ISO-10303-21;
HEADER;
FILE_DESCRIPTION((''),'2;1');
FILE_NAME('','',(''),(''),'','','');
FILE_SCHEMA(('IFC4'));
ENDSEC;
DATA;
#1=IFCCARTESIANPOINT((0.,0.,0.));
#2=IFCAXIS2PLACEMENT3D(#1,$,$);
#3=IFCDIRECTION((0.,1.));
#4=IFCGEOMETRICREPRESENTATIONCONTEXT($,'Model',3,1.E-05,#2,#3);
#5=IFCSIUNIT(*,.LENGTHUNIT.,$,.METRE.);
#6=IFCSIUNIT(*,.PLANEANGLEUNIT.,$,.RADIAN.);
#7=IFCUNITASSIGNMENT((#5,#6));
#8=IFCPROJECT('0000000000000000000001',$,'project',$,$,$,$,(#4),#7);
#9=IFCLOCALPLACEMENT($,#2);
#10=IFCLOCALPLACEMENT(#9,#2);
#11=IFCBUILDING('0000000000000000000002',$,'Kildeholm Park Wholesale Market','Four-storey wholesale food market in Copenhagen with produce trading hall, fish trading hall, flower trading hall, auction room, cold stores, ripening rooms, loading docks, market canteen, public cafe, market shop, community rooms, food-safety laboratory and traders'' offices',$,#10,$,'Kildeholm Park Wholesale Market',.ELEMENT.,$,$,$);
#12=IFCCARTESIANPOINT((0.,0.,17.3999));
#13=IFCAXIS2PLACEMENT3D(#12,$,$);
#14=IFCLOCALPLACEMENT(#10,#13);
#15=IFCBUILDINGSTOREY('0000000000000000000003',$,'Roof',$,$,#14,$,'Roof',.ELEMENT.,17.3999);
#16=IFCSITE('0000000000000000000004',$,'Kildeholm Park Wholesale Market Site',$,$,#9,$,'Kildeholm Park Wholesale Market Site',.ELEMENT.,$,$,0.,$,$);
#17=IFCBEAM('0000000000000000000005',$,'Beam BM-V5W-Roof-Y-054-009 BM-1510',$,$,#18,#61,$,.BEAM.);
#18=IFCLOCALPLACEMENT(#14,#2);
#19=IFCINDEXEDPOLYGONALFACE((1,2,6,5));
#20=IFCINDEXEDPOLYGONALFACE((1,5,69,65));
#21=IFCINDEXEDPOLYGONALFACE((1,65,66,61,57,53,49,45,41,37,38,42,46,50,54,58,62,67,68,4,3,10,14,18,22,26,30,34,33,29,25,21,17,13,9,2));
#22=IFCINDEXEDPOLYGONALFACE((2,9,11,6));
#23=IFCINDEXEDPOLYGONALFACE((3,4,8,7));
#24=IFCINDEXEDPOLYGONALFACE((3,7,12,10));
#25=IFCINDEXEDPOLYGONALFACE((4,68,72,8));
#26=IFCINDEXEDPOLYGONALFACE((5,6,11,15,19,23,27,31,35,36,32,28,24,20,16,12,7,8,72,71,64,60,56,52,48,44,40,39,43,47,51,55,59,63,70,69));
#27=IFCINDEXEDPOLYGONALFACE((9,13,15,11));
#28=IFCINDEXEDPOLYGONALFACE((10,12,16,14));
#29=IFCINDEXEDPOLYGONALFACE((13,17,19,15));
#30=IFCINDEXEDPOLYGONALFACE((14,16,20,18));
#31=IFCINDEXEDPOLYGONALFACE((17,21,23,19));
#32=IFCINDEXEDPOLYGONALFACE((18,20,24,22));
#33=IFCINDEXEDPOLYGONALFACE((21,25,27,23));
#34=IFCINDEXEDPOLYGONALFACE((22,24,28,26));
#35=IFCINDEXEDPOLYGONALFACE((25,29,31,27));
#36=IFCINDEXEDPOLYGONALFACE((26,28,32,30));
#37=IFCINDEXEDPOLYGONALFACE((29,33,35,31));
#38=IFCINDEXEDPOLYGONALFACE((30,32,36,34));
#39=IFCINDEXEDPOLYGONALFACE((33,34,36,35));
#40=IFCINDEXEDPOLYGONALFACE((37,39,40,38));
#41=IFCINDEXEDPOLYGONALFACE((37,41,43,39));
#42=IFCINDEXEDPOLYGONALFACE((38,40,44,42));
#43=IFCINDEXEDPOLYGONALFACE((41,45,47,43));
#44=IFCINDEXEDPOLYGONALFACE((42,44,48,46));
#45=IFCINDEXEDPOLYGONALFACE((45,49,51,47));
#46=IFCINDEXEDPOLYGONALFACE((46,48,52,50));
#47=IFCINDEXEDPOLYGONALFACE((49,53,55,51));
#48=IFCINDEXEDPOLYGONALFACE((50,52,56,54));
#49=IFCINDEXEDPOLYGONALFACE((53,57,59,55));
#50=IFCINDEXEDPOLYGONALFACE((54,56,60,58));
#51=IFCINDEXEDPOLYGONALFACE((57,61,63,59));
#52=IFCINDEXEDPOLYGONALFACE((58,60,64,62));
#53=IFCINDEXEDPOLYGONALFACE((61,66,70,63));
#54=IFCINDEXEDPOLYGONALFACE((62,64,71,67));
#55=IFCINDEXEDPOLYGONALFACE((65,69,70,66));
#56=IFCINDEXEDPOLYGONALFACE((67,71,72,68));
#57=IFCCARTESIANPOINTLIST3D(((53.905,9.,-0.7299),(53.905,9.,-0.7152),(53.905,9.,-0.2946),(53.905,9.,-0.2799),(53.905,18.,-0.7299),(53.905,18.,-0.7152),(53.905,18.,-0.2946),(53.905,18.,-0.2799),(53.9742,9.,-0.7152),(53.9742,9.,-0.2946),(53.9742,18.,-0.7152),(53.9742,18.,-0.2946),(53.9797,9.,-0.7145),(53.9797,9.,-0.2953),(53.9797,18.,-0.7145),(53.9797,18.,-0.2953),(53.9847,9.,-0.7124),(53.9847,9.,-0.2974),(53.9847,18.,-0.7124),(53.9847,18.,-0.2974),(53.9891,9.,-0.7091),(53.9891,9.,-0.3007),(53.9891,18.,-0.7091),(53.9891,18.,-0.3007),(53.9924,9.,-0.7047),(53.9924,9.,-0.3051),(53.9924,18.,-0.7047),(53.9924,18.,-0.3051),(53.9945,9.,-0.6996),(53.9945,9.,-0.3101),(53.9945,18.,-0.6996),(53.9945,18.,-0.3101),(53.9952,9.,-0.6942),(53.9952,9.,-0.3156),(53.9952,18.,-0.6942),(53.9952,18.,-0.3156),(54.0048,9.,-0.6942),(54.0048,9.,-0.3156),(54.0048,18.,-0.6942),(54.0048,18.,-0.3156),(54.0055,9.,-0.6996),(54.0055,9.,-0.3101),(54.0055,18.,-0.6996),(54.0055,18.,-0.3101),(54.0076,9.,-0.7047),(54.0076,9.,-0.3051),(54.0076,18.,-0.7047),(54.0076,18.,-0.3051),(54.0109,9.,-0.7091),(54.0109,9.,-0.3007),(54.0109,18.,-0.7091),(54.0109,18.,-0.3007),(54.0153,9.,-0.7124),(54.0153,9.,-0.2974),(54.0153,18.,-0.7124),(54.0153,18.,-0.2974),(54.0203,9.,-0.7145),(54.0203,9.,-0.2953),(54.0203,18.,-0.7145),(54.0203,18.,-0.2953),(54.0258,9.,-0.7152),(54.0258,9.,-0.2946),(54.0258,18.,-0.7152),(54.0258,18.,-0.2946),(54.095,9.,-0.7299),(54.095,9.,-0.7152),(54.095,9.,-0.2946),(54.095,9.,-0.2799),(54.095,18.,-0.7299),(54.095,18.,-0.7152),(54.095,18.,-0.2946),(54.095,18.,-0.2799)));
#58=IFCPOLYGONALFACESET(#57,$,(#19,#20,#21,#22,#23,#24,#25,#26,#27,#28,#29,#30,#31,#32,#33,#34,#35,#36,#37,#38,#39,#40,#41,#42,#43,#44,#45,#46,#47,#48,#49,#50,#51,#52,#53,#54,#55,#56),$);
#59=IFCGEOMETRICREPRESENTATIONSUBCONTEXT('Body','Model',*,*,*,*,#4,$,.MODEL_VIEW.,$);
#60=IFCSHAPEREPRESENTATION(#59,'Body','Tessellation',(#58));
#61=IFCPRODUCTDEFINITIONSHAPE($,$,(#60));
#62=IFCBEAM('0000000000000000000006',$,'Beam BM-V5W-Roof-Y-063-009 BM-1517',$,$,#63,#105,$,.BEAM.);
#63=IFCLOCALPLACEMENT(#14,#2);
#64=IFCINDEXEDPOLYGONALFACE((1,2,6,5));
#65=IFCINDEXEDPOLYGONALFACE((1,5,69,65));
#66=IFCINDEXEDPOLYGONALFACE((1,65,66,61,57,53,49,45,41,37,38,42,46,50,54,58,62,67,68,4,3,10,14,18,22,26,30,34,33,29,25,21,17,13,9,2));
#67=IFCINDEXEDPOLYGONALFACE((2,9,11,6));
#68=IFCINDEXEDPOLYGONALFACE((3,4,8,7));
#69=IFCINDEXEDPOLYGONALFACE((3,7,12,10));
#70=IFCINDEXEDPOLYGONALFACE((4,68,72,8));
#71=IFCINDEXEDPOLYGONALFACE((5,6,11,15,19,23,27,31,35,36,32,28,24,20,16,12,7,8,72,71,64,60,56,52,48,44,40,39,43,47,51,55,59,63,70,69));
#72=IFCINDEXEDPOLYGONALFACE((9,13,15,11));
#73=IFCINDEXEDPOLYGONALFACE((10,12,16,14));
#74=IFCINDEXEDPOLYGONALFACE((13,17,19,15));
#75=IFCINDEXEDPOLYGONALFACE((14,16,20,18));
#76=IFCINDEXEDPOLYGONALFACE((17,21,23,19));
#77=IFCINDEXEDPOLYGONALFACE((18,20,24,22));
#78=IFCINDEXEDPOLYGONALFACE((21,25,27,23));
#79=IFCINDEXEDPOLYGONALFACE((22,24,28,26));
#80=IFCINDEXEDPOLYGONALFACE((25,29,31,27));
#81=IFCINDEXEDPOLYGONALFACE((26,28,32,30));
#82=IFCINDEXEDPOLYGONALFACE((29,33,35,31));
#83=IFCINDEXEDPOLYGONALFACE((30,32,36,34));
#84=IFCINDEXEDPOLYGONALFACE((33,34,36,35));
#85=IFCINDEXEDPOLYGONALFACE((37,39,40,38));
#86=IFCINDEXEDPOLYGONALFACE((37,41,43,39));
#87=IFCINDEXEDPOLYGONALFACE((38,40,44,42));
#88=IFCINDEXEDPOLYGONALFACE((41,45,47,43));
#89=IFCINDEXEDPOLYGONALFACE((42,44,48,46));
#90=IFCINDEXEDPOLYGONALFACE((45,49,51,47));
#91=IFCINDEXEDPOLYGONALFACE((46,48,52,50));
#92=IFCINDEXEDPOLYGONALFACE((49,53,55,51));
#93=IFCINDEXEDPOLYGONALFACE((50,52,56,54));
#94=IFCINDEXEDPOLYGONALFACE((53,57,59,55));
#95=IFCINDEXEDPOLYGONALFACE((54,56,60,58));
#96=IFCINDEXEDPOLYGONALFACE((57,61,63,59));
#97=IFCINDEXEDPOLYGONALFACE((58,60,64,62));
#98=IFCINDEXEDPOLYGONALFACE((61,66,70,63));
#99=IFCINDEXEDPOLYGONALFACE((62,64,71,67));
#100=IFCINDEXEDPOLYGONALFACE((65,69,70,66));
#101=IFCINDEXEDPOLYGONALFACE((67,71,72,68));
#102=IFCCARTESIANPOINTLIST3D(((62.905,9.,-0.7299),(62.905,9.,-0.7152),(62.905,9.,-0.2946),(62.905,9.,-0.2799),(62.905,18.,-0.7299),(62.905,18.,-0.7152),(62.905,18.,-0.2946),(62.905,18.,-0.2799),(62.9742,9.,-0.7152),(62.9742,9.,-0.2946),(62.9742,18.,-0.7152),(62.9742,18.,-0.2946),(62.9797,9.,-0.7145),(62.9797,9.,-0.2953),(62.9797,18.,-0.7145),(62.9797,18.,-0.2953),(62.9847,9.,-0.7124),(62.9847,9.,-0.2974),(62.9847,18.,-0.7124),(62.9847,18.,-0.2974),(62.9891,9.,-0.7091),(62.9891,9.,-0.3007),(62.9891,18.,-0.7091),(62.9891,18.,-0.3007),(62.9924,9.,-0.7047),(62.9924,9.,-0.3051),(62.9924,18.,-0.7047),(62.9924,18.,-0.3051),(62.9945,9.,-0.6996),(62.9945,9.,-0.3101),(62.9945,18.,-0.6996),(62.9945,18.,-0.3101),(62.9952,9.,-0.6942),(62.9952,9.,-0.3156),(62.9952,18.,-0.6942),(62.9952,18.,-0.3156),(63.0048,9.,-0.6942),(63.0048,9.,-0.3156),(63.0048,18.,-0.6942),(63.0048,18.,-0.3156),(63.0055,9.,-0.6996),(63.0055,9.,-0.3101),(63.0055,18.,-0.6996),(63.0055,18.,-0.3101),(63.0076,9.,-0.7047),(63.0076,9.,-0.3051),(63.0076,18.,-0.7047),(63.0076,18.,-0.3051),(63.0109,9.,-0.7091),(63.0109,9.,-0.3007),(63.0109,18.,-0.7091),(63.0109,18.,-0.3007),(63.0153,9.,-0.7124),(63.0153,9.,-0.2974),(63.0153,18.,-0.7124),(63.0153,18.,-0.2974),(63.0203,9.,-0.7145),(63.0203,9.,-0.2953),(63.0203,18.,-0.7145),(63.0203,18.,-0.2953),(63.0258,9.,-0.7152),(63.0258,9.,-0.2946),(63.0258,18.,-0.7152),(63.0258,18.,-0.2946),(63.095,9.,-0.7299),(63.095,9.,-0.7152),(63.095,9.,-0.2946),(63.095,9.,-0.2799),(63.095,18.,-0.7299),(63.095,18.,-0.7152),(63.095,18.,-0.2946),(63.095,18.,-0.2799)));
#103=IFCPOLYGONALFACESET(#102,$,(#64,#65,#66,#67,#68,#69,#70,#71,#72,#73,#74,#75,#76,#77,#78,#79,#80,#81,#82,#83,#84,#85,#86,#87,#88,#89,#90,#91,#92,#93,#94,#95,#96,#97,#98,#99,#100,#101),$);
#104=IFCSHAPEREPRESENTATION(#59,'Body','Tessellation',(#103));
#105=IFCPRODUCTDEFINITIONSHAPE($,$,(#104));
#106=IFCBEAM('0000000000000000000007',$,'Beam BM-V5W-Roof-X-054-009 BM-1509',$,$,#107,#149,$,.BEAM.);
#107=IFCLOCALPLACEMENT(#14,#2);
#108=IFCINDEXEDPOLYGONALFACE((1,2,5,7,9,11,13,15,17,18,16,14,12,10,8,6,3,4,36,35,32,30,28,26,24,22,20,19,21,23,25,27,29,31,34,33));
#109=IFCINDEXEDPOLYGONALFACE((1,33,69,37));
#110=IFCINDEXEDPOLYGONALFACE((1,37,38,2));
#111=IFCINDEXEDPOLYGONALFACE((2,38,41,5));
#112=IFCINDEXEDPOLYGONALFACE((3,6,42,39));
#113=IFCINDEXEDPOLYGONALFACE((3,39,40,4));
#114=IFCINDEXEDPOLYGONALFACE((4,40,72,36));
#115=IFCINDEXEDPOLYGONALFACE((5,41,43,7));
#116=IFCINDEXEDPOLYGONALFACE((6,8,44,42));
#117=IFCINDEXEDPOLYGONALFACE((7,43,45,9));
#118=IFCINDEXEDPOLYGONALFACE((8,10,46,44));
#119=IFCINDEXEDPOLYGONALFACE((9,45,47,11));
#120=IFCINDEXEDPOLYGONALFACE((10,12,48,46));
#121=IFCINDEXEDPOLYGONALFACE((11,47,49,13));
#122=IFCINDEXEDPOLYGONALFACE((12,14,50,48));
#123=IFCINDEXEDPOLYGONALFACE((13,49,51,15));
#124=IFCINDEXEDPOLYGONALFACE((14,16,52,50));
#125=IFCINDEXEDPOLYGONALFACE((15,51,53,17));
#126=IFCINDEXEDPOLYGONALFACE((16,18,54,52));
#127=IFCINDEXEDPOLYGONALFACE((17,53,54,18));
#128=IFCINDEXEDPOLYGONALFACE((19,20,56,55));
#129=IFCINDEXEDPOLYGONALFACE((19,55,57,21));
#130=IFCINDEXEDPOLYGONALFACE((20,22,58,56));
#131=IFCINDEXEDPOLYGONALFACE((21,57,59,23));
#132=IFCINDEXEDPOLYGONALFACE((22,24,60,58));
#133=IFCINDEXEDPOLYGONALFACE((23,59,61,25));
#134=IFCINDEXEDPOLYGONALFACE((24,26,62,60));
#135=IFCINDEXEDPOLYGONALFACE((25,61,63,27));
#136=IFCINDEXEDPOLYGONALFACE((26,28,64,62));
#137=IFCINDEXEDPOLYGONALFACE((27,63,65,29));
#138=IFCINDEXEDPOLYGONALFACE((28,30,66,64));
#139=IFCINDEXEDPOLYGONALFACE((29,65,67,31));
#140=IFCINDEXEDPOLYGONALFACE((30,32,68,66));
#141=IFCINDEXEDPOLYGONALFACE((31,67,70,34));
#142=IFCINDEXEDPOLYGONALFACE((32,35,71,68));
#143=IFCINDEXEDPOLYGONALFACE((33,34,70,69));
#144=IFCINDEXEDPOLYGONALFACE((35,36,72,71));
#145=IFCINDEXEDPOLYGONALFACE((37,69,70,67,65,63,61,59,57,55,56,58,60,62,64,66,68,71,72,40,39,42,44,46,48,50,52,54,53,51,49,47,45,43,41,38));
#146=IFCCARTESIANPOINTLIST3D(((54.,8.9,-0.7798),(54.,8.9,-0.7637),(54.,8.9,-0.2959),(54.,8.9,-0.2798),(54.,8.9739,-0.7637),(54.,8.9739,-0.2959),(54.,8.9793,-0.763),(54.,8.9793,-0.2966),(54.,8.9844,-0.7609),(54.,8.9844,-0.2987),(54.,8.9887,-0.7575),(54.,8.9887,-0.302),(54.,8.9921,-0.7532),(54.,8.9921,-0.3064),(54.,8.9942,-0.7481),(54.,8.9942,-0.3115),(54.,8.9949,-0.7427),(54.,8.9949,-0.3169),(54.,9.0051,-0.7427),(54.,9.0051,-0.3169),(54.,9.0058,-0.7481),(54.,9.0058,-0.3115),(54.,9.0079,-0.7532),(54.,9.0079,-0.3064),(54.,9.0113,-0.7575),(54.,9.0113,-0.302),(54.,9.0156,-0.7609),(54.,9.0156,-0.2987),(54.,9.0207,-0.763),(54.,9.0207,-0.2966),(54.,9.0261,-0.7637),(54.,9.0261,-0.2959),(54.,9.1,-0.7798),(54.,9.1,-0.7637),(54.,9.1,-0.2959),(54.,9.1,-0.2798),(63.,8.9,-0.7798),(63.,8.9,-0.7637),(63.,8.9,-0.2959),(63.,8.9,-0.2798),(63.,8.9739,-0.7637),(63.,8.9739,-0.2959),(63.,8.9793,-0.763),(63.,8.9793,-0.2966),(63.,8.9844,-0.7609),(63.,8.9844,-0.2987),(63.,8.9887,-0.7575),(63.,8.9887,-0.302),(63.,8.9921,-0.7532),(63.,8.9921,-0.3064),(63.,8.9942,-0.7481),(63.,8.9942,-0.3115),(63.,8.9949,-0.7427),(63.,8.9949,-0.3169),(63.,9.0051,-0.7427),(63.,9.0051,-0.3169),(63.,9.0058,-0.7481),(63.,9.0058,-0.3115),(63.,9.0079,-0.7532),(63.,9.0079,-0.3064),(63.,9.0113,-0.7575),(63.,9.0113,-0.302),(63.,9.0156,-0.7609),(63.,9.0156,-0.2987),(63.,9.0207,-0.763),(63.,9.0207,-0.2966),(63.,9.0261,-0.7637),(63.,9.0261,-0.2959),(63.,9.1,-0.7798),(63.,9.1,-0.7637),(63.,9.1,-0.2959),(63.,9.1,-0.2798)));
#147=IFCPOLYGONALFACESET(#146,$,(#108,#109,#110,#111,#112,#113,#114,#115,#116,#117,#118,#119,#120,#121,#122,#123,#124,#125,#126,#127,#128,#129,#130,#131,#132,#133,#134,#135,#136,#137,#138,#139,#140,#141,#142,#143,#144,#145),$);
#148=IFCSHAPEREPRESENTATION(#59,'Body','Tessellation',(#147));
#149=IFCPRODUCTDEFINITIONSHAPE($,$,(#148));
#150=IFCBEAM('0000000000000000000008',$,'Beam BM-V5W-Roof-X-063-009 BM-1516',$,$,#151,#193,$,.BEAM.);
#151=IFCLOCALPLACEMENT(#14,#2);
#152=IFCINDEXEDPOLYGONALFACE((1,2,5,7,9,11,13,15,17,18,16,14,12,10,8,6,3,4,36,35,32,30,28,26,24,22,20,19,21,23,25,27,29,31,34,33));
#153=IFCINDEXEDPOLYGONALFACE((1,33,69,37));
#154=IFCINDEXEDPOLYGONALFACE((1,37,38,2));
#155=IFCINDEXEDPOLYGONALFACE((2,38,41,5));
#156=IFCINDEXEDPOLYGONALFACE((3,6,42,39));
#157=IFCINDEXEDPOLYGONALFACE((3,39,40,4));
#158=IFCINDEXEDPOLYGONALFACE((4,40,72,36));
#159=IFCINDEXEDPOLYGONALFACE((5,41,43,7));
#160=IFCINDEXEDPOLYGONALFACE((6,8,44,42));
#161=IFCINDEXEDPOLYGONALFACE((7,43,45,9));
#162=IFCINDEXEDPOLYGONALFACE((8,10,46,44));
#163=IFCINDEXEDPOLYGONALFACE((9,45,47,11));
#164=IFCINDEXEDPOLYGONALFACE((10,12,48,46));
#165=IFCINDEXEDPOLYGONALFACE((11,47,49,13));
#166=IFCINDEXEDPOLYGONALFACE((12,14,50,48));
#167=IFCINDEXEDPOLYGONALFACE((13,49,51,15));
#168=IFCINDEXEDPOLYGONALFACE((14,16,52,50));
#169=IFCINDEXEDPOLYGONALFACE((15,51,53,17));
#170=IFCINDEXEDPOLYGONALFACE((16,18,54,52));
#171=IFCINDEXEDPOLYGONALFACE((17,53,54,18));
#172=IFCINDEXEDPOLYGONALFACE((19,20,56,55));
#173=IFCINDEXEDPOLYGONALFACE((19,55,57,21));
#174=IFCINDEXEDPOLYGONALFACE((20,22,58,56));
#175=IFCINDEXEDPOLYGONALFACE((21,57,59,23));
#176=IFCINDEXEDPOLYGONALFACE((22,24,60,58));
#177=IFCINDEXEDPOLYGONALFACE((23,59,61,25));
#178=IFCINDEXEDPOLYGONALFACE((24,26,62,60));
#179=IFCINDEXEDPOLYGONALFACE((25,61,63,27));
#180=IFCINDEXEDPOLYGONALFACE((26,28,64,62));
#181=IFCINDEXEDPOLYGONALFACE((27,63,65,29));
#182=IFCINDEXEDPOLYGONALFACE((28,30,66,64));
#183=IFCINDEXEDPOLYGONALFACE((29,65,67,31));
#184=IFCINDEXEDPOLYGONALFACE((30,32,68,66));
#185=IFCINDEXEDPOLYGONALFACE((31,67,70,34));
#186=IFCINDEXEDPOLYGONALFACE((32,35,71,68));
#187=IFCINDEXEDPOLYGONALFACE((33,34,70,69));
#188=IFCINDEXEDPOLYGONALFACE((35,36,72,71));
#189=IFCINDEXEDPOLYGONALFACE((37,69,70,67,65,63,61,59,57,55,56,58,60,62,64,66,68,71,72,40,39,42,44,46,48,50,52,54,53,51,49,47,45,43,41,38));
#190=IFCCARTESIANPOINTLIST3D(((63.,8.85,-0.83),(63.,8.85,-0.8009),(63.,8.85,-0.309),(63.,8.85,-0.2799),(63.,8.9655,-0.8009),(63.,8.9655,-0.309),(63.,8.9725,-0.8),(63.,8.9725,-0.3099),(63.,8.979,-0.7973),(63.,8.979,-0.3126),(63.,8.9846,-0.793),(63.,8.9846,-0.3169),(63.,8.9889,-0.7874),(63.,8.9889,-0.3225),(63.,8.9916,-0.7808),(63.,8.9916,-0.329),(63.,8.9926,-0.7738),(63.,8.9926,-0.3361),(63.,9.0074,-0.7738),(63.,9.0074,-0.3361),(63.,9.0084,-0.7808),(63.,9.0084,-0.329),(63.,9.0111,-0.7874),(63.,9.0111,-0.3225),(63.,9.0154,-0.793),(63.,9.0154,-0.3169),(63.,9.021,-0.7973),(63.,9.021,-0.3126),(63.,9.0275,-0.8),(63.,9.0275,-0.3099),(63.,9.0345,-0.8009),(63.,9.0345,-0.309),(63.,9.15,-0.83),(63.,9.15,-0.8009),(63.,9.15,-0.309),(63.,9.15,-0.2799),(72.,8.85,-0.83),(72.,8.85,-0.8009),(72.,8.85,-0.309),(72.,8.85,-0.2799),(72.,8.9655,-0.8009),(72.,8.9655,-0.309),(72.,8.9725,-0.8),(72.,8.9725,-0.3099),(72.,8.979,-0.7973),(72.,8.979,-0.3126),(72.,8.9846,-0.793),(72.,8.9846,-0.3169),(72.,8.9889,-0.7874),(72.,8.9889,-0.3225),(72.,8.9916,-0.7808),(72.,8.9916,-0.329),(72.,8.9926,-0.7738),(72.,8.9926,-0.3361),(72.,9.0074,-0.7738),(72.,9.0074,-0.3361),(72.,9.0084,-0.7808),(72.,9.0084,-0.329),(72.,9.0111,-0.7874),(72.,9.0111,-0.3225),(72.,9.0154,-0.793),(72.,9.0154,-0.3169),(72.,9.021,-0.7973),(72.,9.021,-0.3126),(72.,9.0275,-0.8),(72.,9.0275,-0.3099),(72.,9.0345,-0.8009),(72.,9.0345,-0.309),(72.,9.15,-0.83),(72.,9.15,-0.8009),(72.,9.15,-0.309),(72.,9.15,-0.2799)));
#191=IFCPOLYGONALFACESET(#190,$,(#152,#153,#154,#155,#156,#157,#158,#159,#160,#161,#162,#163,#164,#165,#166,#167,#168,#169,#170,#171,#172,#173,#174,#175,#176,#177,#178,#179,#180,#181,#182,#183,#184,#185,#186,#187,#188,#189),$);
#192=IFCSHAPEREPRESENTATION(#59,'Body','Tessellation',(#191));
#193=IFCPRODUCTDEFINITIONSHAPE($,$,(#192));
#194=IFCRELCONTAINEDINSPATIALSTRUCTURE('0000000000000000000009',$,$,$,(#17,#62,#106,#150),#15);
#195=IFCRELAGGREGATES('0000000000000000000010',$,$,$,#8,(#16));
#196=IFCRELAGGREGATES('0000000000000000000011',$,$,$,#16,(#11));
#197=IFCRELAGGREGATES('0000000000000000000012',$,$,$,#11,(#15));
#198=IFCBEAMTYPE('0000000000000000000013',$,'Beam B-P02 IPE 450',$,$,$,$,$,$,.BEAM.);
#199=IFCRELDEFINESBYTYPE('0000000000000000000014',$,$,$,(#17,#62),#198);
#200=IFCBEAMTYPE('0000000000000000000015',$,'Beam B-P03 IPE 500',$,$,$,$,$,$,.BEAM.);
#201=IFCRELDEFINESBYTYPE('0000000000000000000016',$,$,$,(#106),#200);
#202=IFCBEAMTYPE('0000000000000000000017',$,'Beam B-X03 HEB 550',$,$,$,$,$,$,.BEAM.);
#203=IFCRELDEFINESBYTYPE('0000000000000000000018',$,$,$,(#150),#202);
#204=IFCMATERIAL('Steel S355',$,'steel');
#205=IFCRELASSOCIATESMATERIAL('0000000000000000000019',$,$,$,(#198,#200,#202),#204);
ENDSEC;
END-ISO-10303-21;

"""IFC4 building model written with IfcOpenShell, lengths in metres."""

from ifc_helpers import new_model, si_unit, direction, frame, origin, origin_2d, place, context, subcontext, project, spatial, i_section, extrude, material, material_profile, profile_set, type_object, element, save


model = new_model("IFC4")

# Units and contexts
model_context = context("Model", 3, precision=1e-05, world=origin(), true_north=direction((0.0, 1.0)))
body_context = subcontext(model_context, "Body", "Model", "MODEL_VIEW")
ifc_project = project(units=[si_unit("LENGTHUNIT", "METRE"), si_unit("PLANEANGLEUNIT", "RADIAN")], contexts=[model_context])

# Site, building, storey
site_placement = place(None, origin())
site = spatial("IfcSite", under=ifc_project, at=site_placement, Name="Kildeholm Park Wholesale Market Site", LongName="Kildeholm Park Wholesale Market Site", CompositionType="ELEMENT", RefElevation=0.0)
building_placement = place(site_placement, origin())
building = spatial("IfcBuilding", under=site, at=building_placement, Name="Kildeholm Park Wholesale Market", Description="Four-storey wholesale food market in Copenhagen with produce trading hall, fish trading hall, flower trading hall, auction room, cold stores, ripening rooms, loading docks, market canteen, public cafe, market shop, community rooms, food-safety laboratory and traders' offices", LongName="Kildeholm Park Wholesale Market", CompositionType="ELEMENT")
storey_placement = place(building_placement, frame((0.0, 0.0, 17.3999)))
storey = spatial("IfcBuildingStorey", under=building, at=storey_placement, Name="Roof", LongName="Roof", CompositionType="ELEMENT", Elevation=17.3999)

# Beams
ifc_material_1 = material(Name="Steel S355", Category="steel")
ifc_material_profile_1 = material_profile(ifc_material_1, i_section(OverallWidth=0.1899, OverallDepth=0.45, WebThickness=0.0095, FlangeThickness=0.0146, FilletRadius=0.021, at=origin_2d()), Name="IPE 450")
ifc_profile_set_1 = profile_set([ifc_material_profile_1], Name="Steel S355")
beam_type_1 = type_object("IfcBeamType", Name="Beam B-P02 IPE 450", PredefinedType="BEAM", material=ifc_profile_set_1)
for number, where, z_axis, x_axis, name in (
    (1, (54.0, 9.0, -0.5049), (0.0, 1.0, 0.0), (-1.0, 0.0, 0.0), "Beam BM-V5W-Roof-Y-054-009 BM-1510"),
    (2, (63.0, 9.0, -0.5049), (0.0, 1.0, 0.0), (-1.0, 0.0, 0.0), "Beam BM-V5W-Roof-Y-063-009 BM-1517"),
):
    element("IfcBeam", number, at=place(storey_placement, frame(where, z_axis=z_axis, x_axis=x_axis)), inside=storey, type_object=beam_type_1, Name=name, PredefinedType="BEAM", context=body_context, shape_type="SweptSolid", body=[
        extrude(i_section(OverallWidth=0.1899, OverallDepth=0.45, WebThickness=0.0095, FlangeThickness=0.0146, FilletRadius=0.021, at=origin_2d()), origin(), (0.0, 0.0, 1.0), 9.0),
    ])
ifc_material_profile_2 = material_profile(ifc_material_1, i_section(OverallWidth=0.2, OverallDepth=0.5, WebThickness=0.0103, FlangeThickness=0.0161, FilletRadius=0.021, at=origin_2d()), Name="IPE 500")
ifc_profile_set_2 = profile_set([ifc_material_profile_2], Name="Steel S355")
beam_type_2 = type_object("IfcBeamType", Name="Beam B-P03 IPE 500", PredefinedType="BEAM", material=ifc_profile_set_2)
beam_1_placement = place(storey_placement, frame((54.0, 9.0, -0.5298), z_axis=(1.0, 0.0, 0.0), x_axis=(0.0, 1.0, 0.0)))
element("IfcBeam", 3, at=beam_1_placement, inside=storey, type_object=beam_type_2, Name="Beam BM-V5W-Roof-X-054-009 BM-1509", PredefinedType="BEAM", context=body_context, shape_type="SweptSolid", body=[
    extrude(i_section(OverallWidth=0.2, OverallDepth=0.5, WebThickness=0.0103, FlangeThickness=0.0161, FilletRadius=0.021, at=origin_2d()), origin(), (0.0, 0.0, 1.0), 9.0),
])
ifc_material_profile_3 = material_profile(ifc_material_1, i_section(OverallWidth=0.3, OverallDepth=0.55, WebThickness=0.0149, FlangeThickness=0.0291, FilletRadius=0.0271, at=origin_2d()), Name="HEB 550")
ifc_profile_set_3 = profile_set([ifc_material_profile_3], Name="Steel S355")
beam_type_3 = type_object("IfcBeamType", Name="Beam B-X03 HEB 550", PredefinedType="BEAM", material=ifc_profile_set_3)
beam_2_placement = place(storey_placement, frame((63.0, 9.0, -0.5549), z_axis=(1.0, 0.0, 0.0), x_axis=(0.0, 1.0, 0.0)))
element("IfcBeam", 4, at=beam_2_placement, inside=storey, type_object=beam_type_3, Name="Beam BM-V5W-Roof-X-063-009 BM-1516", PredefinedType="BEAM", context=body_context, shape_type="SweptSolid", body=[
    extrude(i_section(OverallWidth=0.3, OverallDepth=0.55, WebThickness=0.0149, FlangeThickness=0.0291, FilletRadius=0.0271, at=origin_2d()), origin(), (0.0, 0.0, 1.0), 9.0),
])

save(model, "model.ifc")
